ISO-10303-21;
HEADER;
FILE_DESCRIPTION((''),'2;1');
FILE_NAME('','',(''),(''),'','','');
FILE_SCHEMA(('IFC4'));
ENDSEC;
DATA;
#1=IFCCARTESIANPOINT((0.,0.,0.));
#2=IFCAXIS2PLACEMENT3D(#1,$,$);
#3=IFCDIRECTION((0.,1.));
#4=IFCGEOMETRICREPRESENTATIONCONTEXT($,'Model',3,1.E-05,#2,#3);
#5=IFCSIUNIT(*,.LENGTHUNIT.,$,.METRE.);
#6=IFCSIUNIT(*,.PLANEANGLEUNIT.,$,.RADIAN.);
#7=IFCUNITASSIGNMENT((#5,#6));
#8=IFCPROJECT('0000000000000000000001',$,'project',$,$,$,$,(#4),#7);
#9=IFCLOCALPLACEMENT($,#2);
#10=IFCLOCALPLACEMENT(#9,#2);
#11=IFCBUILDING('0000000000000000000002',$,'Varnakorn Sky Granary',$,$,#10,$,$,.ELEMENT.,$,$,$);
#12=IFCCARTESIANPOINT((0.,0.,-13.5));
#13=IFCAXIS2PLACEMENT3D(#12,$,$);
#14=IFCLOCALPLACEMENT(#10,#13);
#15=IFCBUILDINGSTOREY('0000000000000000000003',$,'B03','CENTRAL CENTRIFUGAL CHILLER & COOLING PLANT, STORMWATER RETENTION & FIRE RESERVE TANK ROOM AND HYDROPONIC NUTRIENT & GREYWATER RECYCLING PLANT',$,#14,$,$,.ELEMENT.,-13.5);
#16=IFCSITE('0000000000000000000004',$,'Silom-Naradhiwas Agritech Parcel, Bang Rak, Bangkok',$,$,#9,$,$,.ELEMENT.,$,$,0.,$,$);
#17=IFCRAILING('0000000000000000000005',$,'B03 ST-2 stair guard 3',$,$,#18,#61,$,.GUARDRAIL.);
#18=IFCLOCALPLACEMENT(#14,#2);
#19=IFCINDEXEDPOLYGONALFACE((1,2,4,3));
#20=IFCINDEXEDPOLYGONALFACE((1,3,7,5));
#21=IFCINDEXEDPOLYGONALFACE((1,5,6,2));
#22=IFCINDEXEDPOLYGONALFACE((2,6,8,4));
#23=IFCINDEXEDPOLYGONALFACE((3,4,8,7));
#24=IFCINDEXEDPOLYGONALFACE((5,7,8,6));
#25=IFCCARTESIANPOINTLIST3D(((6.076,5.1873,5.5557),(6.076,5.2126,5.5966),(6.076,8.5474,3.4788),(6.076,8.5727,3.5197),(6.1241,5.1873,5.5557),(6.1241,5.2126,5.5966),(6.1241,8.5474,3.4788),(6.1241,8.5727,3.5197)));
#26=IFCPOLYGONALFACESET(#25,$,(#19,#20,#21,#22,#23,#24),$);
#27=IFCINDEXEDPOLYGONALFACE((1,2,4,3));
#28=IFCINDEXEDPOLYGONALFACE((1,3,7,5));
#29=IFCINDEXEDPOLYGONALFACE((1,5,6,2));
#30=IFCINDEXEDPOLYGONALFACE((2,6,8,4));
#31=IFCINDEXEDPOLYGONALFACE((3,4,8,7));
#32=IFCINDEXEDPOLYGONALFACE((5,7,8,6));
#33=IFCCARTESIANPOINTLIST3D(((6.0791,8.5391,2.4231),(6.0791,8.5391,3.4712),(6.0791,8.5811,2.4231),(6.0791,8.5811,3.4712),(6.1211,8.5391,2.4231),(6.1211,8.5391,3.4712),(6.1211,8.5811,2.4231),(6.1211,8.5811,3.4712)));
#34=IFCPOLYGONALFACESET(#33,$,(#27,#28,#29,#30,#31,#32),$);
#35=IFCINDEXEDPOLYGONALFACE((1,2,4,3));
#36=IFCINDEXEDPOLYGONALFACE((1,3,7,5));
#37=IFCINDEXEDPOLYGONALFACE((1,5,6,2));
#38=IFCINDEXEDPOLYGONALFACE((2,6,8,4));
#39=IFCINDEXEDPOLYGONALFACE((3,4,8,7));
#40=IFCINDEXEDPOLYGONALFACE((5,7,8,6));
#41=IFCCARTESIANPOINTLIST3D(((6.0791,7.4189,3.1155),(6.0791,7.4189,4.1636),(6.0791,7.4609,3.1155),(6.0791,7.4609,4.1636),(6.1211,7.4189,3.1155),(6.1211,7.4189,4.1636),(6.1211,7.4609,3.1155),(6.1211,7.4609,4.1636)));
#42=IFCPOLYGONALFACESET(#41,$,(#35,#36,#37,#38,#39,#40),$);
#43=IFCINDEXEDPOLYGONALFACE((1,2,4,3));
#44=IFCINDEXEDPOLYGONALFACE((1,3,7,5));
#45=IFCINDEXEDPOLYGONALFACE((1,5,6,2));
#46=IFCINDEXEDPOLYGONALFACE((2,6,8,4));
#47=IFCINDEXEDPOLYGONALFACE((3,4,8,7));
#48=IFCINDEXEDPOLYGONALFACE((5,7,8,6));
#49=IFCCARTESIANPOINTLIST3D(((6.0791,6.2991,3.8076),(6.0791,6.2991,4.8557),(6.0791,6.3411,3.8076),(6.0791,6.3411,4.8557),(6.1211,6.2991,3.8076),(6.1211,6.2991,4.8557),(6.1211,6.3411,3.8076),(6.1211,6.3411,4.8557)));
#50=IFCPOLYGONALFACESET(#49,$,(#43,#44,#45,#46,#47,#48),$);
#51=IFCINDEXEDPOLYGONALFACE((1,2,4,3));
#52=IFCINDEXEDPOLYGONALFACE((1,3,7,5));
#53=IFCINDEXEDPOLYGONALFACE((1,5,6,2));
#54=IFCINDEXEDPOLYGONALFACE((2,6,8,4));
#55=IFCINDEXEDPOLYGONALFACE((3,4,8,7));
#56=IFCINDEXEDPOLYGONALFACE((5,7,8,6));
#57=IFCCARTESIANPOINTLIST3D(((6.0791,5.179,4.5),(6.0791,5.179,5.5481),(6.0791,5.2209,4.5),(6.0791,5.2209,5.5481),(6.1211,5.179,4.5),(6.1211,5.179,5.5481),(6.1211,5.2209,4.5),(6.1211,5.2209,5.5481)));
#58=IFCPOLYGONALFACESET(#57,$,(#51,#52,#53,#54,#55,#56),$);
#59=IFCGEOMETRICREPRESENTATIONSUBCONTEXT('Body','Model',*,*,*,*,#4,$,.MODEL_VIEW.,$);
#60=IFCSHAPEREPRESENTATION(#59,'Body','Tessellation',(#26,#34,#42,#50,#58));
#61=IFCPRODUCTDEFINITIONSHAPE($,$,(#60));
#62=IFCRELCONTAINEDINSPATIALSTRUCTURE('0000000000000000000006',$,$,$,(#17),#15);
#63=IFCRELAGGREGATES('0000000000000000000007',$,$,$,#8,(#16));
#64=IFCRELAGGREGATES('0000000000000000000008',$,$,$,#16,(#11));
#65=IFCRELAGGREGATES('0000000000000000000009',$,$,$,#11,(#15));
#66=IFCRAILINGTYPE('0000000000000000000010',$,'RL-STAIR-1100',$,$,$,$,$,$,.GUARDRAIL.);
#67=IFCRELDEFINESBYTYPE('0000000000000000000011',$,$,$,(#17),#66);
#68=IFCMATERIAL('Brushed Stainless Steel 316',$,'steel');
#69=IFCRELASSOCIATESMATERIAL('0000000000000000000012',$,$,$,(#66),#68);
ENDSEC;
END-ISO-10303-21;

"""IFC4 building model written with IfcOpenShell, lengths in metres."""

from ifc_helpers import new_model, si_unit, direction, frame, origin, origin_2d, place, context, subcontext, project, spatial, rectangle, extrude, material, type_object, element, save


model = new_model("IFC4")

# Units and contexts
model_context = context("Model", 3, precision=1e-05, world=origin(), true_north=direction((0.0, 1.0)))
body_context = subcontext(model_context, "Body", "Model", "MODEL_VIEW")
ifc_project = project(units=[si_unit("LENGTHUNIT", "METRE"), si_unit("PLANEANGLEUNIT", "RADIAN")], contexts=[model_context])

# Site, building, storey
site_placement = place(None, origin())
site = spatial("IfcSite", under=ifc_project, at=site_placement, Name="Silom-Naradhiwas Agritech Parcel, Bang Rak, Bangkok", CompositionType="ELEMENT", RefElevation=0.0)
building_placement = place(site_placement, origin())
building = spatial("IfcBuilding", under=site, at=building_placement, Name="Varnakorn Sky Granary", CompositionType="ELEMENT")
storey_placement = place(building_placement, frame((0.0, 0.0, -13.5)))
storey = spatial("IfcBuildingStorey", under=building, at=storey_placement, Name="B03", Description="CENTRAL CENTRIFUGAL CHILLER & COOLING PLANT, STORMWATER RETENTION & FIRE RESERVE TANK ROOM AND HYDROPONIC NUTRIENT & GREYWATER RECYCLING PLANT", CompositionType="ELEMENT", Elevation=-13.5)

# Railing
ifc_material_1 = material(Name="Brushed Stainless Steel 316", Category="steel")
railing_type = type_object("IfcRailingType", Name="RL-STAIR-1100", PredefinedType="GUARDRAIL", material=ifc_material_1)
railing_1_placement = place(storey_placement, frame((6.1001, 8.5601, 2.4231)))
element("IfcRailing", 1, at=railing_1_placement, inside=storey, type_object=railing_type, Name="B03 ST-2 stair guard 3", PredefinedType="GUARDRAIL", context=body_context, shape_type="SweptSolid", body=[
    extrude(rectangle(XDim=0.0481, YDim=0.0481, at=origin_2d()), frame((0.0, 0.0, 1.0762), z_axis=(0.0, -0.850623, 0.525776), x_axis=(1.0, 0.0, 0.0)), (0.0, 0.0, 1.0), 3.9502),
    extrude(rectangle(XDim=0.042, YDim=0.042, at=origin_2d()), origin(), (0.0, 0.0, 1.0), 1.0481),
    extrude(rectangle(XDim=0.042, YDim=0.042, at=origin_2d()), frame((0.0, -1.1201, 0.6924)), (0.0, 0.0, 1.0), 1.0481),
    extrude(rectangle(XDim=0.042, YDim=0.042, at=origin_2d()), frame((0.0, -2.24, 1.3845)), (0.0, 0.0, 1.0), 1.0481),
    extrude(rectangle(XDim=0.042, YDim=0.042, at=origin_2d()), frame((0.0, -3.3601, 2.0769)), (0.0, 0.0, 1.0), 1.0481),
])

save(model, "model.ifc")
